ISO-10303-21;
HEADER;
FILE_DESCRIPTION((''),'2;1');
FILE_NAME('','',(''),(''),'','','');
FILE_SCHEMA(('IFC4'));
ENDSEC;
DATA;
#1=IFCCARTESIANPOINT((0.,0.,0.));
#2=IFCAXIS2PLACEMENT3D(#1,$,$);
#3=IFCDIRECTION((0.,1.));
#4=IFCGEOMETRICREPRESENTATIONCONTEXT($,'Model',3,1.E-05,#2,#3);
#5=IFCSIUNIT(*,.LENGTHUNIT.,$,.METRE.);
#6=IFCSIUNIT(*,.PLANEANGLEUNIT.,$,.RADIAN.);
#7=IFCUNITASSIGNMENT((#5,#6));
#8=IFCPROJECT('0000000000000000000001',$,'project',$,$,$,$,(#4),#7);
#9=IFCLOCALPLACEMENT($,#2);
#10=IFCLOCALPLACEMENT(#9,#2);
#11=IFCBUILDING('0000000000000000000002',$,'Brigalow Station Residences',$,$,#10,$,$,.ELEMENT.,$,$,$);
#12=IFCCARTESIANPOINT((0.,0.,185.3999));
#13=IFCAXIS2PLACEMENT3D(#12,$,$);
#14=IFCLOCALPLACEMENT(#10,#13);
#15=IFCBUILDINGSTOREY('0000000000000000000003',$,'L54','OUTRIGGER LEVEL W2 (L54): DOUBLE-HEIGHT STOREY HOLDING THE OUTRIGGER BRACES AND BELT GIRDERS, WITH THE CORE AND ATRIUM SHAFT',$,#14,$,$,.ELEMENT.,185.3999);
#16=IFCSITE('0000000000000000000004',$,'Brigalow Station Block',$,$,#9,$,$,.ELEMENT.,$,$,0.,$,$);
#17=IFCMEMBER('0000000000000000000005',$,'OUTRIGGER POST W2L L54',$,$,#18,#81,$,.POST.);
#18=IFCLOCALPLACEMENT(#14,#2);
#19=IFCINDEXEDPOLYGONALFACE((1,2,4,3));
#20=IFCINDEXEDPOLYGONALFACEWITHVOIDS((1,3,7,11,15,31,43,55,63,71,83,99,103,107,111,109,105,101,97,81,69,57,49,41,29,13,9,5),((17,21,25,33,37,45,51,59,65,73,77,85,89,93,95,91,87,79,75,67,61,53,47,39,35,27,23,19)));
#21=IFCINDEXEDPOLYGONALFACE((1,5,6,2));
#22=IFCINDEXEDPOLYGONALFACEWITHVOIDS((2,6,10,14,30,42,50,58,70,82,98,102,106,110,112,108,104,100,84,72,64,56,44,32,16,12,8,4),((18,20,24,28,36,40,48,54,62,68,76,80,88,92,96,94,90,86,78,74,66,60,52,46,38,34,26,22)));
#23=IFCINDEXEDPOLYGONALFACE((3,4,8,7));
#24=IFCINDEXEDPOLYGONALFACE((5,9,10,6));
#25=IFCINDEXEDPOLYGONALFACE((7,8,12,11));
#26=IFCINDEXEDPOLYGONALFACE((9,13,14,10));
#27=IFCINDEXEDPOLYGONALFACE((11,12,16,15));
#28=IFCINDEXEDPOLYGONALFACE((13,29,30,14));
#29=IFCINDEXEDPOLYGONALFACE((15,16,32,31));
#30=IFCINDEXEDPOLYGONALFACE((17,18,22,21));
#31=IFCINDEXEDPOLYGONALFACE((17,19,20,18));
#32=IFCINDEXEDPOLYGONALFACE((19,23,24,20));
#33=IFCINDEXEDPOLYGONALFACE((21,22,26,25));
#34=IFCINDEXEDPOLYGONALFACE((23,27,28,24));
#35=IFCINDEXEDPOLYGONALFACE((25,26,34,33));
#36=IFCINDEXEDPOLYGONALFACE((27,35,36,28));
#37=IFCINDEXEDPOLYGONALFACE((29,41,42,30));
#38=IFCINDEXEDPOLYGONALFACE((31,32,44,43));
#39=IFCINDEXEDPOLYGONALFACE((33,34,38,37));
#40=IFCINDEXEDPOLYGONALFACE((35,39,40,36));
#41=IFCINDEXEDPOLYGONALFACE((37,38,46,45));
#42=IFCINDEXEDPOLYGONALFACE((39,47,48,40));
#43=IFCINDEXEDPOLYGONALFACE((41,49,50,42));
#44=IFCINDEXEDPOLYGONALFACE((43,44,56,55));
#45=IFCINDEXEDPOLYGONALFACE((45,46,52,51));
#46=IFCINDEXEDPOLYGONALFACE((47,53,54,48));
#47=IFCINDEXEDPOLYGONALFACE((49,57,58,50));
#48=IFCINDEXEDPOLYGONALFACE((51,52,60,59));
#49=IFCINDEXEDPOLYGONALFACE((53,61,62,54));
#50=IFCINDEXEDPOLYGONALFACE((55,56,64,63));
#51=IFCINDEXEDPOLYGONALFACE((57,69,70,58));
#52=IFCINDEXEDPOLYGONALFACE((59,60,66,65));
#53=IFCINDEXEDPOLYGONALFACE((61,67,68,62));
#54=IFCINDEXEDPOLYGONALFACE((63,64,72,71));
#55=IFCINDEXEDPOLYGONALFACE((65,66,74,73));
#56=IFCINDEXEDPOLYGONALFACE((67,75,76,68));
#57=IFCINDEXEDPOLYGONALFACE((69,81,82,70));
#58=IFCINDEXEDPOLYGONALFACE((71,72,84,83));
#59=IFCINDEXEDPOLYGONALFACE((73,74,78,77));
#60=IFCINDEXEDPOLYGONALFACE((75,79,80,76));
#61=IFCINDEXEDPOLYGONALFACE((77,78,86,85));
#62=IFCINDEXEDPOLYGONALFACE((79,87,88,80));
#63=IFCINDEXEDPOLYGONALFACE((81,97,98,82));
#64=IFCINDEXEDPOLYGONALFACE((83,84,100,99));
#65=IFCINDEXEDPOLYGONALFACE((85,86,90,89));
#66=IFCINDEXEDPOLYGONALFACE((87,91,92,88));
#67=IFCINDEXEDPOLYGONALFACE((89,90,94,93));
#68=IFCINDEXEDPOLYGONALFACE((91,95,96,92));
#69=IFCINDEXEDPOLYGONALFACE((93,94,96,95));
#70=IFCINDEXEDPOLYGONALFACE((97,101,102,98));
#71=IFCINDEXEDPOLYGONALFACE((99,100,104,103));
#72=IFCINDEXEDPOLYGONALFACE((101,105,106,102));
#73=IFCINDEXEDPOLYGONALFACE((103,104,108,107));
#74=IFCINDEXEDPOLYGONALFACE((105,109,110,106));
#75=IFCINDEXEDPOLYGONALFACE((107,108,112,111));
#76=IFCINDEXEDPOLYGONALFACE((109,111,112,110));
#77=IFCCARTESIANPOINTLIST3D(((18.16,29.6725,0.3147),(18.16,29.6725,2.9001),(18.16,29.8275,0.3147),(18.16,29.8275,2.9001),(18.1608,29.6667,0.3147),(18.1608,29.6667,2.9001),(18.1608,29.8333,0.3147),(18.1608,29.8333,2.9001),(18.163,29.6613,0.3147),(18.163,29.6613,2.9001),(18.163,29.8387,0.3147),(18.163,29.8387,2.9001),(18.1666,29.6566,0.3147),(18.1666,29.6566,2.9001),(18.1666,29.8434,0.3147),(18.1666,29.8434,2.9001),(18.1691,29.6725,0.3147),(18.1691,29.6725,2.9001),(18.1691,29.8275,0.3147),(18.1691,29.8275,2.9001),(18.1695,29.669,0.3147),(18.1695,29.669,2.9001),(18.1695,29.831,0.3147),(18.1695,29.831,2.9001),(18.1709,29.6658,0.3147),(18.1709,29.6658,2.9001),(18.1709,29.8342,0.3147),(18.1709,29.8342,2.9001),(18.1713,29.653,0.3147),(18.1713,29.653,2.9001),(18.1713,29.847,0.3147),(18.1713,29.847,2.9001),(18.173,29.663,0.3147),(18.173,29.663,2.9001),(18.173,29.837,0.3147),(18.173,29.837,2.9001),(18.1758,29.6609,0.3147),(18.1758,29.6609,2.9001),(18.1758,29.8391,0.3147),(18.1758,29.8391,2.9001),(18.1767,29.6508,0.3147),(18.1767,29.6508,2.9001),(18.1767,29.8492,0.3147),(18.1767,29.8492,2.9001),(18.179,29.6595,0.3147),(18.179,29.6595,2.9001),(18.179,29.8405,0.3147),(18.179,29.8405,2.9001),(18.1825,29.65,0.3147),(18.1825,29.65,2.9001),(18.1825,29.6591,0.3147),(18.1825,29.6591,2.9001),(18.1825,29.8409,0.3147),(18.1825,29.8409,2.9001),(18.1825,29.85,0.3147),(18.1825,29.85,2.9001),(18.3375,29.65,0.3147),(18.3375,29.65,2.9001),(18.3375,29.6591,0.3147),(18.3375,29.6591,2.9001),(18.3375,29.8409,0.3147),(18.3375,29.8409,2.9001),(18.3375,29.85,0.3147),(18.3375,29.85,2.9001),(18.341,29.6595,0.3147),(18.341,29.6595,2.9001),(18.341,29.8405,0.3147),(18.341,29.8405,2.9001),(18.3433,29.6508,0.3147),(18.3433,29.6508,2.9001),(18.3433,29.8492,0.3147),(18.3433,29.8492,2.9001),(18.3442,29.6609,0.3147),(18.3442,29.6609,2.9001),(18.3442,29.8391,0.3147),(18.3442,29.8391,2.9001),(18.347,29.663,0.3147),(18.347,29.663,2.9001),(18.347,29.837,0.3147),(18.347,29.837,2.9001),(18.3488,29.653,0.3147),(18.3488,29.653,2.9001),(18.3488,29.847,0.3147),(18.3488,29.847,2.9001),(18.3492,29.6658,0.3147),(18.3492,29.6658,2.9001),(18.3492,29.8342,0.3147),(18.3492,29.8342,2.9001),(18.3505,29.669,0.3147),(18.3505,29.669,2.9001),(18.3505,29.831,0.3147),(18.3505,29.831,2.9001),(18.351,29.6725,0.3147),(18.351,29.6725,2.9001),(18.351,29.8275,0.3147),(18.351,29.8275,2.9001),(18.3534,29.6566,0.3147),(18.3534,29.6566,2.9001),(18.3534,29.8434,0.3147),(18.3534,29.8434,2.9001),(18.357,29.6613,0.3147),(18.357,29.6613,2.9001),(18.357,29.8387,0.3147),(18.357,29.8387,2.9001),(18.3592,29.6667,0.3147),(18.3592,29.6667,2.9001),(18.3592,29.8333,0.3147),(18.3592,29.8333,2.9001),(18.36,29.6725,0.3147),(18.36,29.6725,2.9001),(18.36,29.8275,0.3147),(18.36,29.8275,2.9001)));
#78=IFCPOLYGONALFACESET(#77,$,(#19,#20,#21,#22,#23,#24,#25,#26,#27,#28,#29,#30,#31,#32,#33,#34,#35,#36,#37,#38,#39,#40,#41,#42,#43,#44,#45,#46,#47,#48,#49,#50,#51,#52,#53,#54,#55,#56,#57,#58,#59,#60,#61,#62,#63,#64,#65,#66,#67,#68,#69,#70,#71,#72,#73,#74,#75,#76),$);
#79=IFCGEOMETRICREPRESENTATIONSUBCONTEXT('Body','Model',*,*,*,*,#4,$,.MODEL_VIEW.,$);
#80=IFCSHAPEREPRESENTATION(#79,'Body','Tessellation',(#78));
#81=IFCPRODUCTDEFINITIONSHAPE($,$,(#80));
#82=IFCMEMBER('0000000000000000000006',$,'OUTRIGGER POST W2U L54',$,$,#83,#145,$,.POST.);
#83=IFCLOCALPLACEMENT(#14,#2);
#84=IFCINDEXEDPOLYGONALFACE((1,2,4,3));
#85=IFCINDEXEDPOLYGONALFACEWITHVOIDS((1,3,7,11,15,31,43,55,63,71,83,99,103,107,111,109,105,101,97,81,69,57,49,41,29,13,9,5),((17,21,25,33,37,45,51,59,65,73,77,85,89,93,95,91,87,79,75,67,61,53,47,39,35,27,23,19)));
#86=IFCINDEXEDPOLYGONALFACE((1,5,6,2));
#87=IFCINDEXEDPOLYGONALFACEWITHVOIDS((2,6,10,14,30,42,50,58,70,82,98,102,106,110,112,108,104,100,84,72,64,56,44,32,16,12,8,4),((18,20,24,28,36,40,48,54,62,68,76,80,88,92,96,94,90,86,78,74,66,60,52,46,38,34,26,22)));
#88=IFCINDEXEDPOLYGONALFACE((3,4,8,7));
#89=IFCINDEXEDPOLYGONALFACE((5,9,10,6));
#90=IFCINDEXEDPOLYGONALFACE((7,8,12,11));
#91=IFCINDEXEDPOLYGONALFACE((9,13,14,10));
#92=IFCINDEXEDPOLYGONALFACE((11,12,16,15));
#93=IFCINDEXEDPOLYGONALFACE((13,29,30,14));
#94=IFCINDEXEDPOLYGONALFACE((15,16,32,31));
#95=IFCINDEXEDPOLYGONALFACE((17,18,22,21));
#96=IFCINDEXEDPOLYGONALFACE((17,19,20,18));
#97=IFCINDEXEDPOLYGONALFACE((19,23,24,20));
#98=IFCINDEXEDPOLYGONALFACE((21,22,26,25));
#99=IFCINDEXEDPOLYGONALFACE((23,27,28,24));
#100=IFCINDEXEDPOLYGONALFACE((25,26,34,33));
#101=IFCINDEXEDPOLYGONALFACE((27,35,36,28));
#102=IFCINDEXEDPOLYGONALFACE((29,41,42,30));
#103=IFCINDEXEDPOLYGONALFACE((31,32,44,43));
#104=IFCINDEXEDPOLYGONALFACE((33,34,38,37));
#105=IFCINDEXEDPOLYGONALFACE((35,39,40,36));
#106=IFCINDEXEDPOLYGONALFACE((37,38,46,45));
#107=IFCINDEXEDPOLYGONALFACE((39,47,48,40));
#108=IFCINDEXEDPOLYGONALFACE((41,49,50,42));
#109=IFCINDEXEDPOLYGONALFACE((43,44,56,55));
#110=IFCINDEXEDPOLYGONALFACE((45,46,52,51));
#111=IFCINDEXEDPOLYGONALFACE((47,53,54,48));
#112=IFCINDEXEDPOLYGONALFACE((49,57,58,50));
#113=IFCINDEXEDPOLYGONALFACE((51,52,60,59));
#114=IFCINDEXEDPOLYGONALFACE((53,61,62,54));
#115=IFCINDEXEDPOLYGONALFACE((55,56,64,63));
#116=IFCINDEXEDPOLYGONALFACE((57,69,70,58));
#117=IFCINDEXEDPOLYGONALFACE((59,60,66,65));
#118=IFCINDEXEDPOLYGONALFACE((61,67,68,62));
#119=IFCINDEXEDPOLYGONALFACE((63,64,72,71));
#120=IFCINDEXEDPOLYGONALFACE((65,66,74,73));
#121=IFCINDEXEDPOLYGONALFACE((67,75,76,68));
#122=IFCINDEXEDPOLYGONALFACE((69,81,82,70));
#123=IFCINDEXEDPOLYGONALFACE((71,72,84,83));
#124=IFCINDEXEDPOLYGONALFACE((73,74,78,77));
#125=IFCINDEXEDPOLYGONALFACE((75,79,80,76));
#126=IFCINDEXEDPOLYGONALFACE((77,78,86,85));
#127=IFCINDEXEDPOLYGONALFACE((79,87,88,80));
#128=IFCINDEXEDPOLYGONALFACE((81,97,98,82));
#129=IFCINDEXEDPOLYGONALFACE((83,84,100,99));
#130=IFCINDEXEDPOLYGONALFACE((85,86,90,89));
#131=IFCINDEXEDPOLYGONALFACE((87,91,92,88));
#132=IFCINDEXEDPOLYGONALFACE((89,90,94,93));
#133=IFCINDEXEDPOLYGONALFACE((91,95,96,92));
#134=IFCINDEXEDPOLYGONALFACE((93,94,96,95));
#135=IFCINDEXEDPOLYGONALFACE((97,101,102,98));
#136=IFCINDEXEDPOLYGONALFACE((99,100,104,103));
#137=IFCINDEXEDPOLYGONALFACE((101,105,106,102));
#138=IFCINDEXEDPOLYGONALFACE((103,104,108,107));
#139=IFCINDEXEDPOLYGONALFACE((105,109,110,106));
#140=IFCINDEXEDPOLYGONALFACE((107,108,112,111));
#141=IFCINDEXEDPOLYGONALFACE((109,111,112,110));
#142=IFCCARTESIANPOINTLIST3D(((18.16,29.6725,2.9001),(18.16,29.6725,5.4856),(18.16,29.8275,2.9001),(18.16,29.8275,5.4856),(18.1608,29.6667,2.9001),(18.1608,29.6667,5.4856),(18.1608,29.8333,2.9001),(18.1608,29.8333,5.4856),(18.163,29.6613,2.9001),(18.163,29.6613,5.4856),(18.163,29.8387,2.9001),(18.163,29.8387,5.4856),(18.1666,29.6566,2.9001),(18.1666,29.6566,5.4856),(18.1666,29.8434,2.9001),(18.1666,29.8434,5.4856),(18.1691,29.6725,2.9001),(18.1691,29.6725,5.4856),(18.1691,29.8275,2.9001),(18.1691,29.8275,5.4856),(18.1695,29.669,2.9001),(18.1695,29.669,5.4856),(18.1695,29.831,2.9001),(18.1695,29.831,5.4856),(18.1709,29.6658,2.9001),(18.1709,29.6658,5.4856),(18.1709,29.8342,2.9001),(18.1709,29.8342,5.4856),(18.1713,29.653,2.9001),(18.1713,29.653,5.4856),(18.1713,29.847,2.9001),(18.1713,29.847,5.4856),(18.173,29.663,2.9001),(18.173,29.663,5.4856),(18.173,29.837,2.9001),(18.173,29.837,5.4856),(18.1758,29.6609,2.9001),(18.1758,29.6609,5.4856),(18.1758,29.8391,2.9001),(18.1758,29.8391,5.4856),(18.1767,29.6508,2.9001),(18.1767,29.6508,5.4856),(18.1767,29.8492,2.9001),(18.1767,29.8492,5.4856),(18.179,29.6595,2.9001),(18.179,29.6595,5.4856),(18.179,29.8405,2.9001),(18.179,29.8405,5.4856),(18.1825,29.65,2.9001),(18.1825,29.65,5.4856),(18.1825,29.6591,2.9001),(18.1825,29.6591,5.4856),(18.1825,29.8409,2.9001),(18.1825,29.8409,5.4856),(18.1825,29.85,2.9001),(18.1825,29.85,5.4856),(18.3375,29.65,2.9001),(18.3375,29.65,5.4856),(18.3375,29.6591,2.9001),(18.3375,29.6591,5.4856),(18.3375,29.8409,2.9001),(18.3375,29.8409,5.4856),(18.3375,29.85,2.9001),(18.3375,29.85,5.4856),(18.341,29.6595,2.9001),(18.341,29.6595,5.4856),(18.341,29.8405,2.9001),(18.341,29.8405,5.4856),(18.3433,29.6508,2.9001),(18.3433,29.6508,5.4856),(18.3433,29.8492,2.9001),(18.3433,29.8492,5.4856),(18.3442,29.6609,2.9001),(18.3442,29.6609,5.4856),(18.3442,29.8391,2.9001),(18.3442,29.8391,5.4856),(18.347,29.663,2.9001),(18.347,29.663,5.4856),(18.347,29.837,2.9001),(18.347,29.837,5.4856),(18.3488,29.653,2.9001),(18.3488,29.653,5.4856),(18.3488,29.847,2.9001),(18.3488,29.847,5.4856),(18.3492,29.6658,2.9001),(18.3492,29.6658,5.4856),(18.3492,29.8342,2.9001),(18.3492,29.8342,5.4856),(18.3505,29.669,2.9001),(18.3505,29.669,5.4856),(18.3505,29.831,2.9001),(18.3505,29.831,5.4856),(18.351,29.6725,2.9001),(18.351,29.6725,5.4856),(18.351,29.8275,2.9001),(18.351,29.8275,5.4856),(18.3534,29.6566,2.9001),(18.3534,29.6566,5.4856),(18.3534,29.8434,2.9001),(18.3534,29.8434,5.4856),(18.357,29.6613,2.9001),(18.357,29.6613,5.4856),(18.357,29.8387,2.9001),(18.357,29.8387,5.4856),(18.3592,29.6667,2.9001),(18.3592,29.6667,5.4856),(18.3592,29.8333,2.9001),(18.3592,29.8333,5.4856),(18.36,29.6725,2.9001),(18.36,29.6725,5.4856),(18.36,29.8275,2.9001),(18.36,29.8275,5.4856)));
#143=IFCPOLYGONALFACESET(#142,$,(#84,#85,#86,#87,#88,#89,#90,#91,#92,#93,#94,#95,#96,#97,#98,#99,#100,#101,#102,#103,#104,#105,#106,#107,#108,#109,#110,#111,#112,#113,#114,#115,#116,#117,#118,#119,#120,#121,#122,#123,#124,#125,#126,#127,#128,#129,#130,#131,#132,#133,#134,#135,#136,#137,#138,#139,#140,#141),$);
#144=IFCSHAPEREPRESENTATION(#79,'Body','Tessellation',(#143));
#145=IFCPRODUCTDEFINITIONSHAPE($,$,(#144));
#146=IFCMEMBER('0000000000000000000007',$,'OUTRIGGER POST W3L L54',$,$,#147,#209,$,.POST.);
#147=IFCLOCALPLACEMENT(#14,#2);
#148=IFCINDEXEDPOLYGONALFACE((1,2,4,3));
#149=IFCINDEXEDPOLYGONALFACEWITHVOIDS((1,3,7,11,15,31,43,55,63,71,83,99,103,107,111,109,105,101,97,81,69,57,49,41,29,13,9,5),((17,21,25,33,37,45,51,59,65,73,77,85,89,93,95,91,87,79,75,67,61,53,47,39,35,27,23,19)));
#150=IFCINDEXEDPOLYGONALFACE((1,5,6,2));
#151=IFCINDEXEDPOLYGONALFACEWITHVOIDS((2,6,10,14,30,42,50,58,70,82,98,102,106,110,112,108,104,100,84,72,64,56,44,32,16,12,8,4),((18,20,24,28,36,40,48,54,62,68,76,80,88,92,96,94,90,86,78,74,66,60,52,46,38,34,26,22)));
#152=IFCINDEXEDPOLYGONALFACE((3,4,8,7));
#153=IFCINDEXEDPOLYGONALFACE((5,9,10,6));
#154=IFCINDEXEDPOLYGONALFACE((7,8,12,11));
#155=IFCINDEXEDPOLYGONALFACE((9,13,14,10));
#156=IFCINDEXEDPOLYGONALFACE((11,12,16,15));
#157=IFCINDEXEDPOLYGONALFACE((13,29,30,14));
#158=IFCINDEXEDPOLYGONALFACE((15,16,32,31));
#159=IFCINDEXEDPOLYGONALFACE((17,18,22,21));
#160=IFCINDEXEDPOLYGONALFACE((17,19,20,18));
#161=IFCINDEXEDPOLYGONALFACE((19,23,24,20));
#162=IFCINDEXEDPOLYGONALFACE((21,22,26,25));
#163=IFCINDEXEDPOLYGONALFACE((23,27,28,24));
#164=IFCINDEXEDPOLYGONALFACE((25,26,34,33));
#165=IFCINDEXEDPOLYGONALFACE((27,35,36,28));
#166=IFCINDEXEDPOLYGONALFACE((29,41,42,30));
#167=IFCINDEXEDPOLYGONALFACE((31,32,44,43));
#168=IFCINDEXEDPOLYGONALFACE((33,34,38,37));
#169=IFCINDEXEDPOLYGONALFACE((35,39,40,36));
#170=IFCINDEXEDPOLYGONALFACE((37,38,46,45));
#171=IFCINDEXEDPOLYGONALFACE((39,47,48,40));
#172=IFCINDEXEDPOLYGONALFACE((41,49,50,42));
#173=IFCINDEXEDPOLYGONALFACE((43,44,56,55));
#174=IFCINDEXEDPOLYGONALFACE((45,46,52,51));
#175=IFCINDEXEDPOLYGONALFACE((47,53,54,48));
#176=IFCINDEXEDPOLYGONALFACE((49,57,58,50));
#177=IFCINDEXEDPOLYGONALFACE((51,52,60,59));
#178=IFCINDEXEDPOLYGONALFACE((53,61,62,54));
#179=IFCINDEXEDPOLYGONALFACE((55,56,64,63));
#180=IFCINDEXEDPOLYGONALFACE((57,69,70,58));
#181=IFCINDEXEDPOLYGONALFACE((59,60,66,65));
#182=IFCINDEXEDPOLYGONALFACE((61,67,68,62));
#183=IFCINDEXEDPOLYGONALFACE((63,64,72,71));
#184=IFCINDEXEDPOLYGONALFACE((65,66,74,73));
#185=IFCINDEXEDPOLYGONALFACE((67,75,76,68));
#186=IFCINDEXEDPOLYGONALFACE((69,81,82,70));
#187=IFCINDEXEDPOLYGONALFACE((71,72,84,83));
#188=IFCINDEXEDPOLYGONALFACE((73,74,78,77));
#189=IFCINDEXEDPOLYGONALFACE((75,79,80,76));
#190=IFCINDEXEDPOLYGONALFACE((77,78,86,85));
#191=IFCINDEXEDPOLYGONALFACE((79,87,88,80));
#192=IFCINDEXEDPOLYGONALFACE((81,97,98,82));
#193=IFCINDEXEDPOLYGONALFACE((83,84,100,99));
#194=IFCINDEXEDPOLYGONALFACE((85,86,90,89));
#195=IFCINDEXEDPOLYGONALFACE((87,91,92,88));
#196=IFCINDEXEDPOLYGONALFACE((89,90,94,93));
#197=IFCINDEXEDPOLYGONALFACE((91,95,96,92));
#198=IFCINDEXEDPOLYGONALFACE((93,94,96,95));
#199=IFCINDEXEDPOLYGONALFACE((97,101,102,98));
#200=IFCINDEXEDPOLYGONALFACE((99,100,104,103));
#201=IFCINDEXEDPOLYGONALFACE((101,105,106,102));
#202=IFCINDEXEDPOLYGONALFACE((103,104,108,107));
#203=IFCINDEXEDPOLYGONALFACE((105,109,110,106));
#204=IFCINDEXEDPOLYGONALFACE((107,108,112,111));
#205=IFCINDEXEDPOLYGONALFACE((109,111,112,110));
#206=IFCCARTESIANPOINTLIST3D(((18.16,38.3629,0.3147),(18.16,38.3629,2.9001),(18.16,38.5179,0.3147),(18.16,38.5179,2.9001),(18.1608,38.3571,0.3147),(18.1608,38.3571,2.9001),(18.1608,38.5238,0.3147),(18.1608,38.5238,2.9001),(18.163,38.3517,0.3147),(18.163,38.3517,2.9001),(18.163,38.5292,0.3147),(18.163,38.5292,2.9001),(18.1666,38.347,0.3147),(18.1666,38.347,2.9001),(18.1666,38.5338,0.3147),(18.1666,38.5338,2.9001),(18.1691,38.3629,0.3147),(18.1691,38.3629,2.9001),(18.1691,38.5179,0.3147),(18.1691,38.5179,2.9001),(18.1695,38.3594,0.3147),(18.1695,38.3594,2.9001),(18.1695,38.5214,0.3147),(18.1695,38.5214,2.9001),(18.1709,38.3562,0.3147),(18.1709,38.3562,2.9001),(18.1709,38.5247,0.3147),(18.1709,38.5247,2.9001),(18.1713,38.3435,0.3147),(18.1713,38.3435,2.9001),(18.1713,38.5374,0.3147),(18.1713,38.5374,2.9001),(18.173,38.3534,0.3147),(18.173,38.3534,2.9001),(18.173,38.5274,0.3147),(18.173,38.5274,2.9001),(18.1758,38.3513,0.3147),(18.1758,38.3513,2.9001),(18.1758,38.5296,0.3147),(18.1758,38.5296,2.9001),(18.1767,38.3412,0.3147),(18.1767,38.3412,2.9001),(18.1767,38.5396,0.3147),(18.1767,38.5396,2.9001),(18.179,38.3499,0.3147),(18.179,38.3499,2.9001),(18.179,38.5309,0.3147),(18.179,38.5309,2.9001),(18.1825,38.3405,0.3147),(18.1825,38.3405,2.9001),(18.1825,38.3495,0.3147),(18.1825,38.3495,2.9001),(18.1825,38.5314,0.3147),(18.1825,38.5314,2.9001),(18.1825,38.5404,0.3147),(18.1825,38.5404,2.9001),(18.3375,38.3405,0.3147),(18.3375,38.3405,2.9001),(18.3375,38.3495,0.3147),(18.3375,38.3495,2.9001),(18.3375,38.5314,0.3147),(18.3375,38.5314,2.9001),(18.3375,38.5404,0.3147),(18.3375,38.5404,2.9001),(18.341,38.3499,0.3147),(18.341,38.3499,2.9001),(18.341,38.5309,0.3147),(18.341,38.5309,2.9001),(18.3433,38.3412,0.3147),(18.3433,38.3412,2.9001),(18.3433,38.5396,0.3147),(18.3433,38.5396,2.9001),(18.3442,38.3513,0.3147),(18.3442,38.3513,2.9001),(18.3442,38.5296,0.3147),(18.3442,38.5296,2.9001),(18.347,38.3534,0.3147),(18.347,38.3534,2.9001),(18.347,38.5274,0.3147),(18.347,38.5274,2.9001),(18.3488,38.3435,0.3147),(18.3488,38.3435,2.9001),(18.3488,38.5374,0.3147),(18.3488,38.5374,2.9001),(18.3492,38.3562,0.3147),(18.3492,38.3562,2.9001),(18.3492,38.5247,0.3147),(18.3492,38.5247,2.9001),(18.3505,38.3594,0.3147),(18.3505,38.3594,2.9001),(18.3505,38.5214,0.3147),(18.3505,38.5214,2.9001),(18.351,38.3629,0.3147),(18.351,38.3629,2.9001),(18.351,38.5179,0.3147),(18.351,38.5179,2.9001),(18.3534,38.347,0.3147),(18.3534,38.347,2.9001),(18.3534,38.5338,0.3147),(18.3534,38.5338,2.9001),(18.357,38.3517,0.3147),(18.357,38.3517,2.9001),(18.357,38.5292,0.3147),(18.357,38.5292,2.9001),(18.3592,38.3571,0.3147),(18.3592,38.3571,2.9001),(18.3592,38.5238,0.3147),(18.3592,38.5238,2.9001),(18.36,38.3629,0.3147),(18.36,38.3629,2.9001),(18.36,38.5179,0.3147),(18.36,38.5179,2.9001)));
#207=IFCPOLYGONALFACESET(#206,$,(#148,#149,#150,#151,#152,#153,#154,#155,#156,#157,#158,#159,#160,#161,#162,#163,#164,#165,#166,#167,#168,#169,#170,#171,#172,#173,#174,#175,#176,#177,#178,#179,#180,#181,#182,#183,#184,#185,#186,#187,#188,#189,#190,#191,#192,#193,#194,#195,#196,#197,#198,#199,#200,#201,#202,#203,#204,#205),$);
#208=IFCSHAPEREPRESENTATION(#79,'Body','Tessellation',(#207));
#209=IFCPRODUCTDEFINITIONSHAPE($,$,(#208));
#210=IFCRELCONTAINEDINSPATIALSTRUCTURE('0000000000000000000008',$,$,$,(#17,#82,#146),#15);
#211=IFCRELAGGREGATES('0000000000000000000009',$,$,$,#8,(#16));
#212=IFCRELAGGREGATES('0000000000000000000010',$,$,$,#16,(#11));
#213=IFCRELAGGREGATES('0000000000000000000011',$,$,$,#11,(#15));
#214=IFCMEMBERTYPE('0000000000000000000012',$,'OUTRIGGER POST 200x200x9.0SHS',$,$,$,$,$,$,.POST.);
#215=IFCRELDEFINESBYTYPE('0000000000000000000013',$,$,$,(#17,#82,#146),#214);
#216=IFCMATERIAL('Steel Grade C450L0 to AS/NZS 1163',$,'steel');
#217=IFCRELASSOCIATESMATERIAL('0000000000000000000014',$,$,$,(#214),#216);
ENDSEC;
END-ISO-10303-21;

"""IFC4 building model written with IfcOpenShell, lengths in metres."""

from ifc_helpers import new_model, si_unit, direction, frame, origin, origin_2d, place, context, subcontext, project, spatial, hollow_rectangle, extrude, material, material_profile, profile_set, type_object, element, save


model = new_model("IFC4")

# Units and contexts
model_context = context("Model", 3, precision=1e-05, world=origin(), true_north=direction((0.0, 1.0)))
body_context = subcontext(model_context, "Body", "Model", "MODEL_VIEW")
ifc_project = project(units=[si_unit("LENGTHUNIT", "METRE"), si_unit("PLANEANGLEUNIT", "RADIAN")], contexts=[model_context])

# Site, building, storey
site_placement = place(None, origin())
site = spatial("IfcSite", under=ifc_project, at=site_placement, Name="Brigalow Station Block", CompositionType="ELEMENT", RefElevation=0.0)
building_placement = place(site_placement, origin())
building = spatial("IfcBuilding", under=site, at=building_placement, Name="Brigalow Station Residences", CompositionType="ELEMENT")
storey_placement = place(building_placement, frame((0.0, 0.0, 185.3999)))
storey = spatial("IfcBuildingStorey", under=building, at=storey_placement, Name="L54", Description="OUTRIGGER LEVEL W2 (L54): DOUBLE-HEIGHT STOREY HOLDING THE OUTRIGGER BRACES AND BELT GIRDERS, WITH THE CORE AND ATRIUM SHAFT", CompositionType="ELEMENT", Elevation=185.3999)

# Members
ifc_material_1 = material(Name="Steel Grade C450L0 to AS/NZS 1163", Category="steel")
ifc_material_profile_1 = material_profile(ifc_material_1, hollow_rectangle(XDim=0.2, YDim=0.2, WallThickness=0.009, InnerFilletRadius=0.0134, OuterFilletRadius=0.0225, at=origin_2d()), Name="200x200x9.0SHS")
ifc_profile_set_1 = profile_set([ifc_material_profile_1], Name="Steel Grade C450L0 to AS/NZS 1163")
member_type_1 = type_object("IfcMemberType", Name="OUTRIGGER POST 200x200x9.0SHS", PredefinedType="POST", material=ifc_profile_set_1)
for number, where, z_axis, x_axis, name in (
    (1, (18.26, 29.75, 0.3147), (0.0, 0.0, 1.0), (1.0, 0.0, 0.0), "OUTRIGGER POST W2L L54"),
    (2, (18.26, 29.75, 2.9001), (0.0, 0.0, 1.0), (1.0, 0.0, 0.0), "OUTRIGGER POST W2U L54"),
    (3, (18.26, 38.4404, 0.3147), (0.0, 0.0, 1.0), (1.0, 0.0, 0.0), "OUTRIGGER POST W3L L54"),
):
    element("IfcMember", number, at=place(storey_placement, frame(where, z_axis=z_axis, x_axis=x_axis)), inside=storey, type_object=member_type_1, Name=name, PredefinedType="POST", context=body_context, shape_type="SweptSolid", body=[
        extrude(hollow_rectangle(XDim=0.2, YDim=0.2, WallThickness=0.009, InnerFilletRadius=0.0134, OuterFilletRadius=0.0225, at=origin_2d()), origin(), (0.0, 0.0, 1.0), 2.5854),
    ])

save(model, "model.ifc")
